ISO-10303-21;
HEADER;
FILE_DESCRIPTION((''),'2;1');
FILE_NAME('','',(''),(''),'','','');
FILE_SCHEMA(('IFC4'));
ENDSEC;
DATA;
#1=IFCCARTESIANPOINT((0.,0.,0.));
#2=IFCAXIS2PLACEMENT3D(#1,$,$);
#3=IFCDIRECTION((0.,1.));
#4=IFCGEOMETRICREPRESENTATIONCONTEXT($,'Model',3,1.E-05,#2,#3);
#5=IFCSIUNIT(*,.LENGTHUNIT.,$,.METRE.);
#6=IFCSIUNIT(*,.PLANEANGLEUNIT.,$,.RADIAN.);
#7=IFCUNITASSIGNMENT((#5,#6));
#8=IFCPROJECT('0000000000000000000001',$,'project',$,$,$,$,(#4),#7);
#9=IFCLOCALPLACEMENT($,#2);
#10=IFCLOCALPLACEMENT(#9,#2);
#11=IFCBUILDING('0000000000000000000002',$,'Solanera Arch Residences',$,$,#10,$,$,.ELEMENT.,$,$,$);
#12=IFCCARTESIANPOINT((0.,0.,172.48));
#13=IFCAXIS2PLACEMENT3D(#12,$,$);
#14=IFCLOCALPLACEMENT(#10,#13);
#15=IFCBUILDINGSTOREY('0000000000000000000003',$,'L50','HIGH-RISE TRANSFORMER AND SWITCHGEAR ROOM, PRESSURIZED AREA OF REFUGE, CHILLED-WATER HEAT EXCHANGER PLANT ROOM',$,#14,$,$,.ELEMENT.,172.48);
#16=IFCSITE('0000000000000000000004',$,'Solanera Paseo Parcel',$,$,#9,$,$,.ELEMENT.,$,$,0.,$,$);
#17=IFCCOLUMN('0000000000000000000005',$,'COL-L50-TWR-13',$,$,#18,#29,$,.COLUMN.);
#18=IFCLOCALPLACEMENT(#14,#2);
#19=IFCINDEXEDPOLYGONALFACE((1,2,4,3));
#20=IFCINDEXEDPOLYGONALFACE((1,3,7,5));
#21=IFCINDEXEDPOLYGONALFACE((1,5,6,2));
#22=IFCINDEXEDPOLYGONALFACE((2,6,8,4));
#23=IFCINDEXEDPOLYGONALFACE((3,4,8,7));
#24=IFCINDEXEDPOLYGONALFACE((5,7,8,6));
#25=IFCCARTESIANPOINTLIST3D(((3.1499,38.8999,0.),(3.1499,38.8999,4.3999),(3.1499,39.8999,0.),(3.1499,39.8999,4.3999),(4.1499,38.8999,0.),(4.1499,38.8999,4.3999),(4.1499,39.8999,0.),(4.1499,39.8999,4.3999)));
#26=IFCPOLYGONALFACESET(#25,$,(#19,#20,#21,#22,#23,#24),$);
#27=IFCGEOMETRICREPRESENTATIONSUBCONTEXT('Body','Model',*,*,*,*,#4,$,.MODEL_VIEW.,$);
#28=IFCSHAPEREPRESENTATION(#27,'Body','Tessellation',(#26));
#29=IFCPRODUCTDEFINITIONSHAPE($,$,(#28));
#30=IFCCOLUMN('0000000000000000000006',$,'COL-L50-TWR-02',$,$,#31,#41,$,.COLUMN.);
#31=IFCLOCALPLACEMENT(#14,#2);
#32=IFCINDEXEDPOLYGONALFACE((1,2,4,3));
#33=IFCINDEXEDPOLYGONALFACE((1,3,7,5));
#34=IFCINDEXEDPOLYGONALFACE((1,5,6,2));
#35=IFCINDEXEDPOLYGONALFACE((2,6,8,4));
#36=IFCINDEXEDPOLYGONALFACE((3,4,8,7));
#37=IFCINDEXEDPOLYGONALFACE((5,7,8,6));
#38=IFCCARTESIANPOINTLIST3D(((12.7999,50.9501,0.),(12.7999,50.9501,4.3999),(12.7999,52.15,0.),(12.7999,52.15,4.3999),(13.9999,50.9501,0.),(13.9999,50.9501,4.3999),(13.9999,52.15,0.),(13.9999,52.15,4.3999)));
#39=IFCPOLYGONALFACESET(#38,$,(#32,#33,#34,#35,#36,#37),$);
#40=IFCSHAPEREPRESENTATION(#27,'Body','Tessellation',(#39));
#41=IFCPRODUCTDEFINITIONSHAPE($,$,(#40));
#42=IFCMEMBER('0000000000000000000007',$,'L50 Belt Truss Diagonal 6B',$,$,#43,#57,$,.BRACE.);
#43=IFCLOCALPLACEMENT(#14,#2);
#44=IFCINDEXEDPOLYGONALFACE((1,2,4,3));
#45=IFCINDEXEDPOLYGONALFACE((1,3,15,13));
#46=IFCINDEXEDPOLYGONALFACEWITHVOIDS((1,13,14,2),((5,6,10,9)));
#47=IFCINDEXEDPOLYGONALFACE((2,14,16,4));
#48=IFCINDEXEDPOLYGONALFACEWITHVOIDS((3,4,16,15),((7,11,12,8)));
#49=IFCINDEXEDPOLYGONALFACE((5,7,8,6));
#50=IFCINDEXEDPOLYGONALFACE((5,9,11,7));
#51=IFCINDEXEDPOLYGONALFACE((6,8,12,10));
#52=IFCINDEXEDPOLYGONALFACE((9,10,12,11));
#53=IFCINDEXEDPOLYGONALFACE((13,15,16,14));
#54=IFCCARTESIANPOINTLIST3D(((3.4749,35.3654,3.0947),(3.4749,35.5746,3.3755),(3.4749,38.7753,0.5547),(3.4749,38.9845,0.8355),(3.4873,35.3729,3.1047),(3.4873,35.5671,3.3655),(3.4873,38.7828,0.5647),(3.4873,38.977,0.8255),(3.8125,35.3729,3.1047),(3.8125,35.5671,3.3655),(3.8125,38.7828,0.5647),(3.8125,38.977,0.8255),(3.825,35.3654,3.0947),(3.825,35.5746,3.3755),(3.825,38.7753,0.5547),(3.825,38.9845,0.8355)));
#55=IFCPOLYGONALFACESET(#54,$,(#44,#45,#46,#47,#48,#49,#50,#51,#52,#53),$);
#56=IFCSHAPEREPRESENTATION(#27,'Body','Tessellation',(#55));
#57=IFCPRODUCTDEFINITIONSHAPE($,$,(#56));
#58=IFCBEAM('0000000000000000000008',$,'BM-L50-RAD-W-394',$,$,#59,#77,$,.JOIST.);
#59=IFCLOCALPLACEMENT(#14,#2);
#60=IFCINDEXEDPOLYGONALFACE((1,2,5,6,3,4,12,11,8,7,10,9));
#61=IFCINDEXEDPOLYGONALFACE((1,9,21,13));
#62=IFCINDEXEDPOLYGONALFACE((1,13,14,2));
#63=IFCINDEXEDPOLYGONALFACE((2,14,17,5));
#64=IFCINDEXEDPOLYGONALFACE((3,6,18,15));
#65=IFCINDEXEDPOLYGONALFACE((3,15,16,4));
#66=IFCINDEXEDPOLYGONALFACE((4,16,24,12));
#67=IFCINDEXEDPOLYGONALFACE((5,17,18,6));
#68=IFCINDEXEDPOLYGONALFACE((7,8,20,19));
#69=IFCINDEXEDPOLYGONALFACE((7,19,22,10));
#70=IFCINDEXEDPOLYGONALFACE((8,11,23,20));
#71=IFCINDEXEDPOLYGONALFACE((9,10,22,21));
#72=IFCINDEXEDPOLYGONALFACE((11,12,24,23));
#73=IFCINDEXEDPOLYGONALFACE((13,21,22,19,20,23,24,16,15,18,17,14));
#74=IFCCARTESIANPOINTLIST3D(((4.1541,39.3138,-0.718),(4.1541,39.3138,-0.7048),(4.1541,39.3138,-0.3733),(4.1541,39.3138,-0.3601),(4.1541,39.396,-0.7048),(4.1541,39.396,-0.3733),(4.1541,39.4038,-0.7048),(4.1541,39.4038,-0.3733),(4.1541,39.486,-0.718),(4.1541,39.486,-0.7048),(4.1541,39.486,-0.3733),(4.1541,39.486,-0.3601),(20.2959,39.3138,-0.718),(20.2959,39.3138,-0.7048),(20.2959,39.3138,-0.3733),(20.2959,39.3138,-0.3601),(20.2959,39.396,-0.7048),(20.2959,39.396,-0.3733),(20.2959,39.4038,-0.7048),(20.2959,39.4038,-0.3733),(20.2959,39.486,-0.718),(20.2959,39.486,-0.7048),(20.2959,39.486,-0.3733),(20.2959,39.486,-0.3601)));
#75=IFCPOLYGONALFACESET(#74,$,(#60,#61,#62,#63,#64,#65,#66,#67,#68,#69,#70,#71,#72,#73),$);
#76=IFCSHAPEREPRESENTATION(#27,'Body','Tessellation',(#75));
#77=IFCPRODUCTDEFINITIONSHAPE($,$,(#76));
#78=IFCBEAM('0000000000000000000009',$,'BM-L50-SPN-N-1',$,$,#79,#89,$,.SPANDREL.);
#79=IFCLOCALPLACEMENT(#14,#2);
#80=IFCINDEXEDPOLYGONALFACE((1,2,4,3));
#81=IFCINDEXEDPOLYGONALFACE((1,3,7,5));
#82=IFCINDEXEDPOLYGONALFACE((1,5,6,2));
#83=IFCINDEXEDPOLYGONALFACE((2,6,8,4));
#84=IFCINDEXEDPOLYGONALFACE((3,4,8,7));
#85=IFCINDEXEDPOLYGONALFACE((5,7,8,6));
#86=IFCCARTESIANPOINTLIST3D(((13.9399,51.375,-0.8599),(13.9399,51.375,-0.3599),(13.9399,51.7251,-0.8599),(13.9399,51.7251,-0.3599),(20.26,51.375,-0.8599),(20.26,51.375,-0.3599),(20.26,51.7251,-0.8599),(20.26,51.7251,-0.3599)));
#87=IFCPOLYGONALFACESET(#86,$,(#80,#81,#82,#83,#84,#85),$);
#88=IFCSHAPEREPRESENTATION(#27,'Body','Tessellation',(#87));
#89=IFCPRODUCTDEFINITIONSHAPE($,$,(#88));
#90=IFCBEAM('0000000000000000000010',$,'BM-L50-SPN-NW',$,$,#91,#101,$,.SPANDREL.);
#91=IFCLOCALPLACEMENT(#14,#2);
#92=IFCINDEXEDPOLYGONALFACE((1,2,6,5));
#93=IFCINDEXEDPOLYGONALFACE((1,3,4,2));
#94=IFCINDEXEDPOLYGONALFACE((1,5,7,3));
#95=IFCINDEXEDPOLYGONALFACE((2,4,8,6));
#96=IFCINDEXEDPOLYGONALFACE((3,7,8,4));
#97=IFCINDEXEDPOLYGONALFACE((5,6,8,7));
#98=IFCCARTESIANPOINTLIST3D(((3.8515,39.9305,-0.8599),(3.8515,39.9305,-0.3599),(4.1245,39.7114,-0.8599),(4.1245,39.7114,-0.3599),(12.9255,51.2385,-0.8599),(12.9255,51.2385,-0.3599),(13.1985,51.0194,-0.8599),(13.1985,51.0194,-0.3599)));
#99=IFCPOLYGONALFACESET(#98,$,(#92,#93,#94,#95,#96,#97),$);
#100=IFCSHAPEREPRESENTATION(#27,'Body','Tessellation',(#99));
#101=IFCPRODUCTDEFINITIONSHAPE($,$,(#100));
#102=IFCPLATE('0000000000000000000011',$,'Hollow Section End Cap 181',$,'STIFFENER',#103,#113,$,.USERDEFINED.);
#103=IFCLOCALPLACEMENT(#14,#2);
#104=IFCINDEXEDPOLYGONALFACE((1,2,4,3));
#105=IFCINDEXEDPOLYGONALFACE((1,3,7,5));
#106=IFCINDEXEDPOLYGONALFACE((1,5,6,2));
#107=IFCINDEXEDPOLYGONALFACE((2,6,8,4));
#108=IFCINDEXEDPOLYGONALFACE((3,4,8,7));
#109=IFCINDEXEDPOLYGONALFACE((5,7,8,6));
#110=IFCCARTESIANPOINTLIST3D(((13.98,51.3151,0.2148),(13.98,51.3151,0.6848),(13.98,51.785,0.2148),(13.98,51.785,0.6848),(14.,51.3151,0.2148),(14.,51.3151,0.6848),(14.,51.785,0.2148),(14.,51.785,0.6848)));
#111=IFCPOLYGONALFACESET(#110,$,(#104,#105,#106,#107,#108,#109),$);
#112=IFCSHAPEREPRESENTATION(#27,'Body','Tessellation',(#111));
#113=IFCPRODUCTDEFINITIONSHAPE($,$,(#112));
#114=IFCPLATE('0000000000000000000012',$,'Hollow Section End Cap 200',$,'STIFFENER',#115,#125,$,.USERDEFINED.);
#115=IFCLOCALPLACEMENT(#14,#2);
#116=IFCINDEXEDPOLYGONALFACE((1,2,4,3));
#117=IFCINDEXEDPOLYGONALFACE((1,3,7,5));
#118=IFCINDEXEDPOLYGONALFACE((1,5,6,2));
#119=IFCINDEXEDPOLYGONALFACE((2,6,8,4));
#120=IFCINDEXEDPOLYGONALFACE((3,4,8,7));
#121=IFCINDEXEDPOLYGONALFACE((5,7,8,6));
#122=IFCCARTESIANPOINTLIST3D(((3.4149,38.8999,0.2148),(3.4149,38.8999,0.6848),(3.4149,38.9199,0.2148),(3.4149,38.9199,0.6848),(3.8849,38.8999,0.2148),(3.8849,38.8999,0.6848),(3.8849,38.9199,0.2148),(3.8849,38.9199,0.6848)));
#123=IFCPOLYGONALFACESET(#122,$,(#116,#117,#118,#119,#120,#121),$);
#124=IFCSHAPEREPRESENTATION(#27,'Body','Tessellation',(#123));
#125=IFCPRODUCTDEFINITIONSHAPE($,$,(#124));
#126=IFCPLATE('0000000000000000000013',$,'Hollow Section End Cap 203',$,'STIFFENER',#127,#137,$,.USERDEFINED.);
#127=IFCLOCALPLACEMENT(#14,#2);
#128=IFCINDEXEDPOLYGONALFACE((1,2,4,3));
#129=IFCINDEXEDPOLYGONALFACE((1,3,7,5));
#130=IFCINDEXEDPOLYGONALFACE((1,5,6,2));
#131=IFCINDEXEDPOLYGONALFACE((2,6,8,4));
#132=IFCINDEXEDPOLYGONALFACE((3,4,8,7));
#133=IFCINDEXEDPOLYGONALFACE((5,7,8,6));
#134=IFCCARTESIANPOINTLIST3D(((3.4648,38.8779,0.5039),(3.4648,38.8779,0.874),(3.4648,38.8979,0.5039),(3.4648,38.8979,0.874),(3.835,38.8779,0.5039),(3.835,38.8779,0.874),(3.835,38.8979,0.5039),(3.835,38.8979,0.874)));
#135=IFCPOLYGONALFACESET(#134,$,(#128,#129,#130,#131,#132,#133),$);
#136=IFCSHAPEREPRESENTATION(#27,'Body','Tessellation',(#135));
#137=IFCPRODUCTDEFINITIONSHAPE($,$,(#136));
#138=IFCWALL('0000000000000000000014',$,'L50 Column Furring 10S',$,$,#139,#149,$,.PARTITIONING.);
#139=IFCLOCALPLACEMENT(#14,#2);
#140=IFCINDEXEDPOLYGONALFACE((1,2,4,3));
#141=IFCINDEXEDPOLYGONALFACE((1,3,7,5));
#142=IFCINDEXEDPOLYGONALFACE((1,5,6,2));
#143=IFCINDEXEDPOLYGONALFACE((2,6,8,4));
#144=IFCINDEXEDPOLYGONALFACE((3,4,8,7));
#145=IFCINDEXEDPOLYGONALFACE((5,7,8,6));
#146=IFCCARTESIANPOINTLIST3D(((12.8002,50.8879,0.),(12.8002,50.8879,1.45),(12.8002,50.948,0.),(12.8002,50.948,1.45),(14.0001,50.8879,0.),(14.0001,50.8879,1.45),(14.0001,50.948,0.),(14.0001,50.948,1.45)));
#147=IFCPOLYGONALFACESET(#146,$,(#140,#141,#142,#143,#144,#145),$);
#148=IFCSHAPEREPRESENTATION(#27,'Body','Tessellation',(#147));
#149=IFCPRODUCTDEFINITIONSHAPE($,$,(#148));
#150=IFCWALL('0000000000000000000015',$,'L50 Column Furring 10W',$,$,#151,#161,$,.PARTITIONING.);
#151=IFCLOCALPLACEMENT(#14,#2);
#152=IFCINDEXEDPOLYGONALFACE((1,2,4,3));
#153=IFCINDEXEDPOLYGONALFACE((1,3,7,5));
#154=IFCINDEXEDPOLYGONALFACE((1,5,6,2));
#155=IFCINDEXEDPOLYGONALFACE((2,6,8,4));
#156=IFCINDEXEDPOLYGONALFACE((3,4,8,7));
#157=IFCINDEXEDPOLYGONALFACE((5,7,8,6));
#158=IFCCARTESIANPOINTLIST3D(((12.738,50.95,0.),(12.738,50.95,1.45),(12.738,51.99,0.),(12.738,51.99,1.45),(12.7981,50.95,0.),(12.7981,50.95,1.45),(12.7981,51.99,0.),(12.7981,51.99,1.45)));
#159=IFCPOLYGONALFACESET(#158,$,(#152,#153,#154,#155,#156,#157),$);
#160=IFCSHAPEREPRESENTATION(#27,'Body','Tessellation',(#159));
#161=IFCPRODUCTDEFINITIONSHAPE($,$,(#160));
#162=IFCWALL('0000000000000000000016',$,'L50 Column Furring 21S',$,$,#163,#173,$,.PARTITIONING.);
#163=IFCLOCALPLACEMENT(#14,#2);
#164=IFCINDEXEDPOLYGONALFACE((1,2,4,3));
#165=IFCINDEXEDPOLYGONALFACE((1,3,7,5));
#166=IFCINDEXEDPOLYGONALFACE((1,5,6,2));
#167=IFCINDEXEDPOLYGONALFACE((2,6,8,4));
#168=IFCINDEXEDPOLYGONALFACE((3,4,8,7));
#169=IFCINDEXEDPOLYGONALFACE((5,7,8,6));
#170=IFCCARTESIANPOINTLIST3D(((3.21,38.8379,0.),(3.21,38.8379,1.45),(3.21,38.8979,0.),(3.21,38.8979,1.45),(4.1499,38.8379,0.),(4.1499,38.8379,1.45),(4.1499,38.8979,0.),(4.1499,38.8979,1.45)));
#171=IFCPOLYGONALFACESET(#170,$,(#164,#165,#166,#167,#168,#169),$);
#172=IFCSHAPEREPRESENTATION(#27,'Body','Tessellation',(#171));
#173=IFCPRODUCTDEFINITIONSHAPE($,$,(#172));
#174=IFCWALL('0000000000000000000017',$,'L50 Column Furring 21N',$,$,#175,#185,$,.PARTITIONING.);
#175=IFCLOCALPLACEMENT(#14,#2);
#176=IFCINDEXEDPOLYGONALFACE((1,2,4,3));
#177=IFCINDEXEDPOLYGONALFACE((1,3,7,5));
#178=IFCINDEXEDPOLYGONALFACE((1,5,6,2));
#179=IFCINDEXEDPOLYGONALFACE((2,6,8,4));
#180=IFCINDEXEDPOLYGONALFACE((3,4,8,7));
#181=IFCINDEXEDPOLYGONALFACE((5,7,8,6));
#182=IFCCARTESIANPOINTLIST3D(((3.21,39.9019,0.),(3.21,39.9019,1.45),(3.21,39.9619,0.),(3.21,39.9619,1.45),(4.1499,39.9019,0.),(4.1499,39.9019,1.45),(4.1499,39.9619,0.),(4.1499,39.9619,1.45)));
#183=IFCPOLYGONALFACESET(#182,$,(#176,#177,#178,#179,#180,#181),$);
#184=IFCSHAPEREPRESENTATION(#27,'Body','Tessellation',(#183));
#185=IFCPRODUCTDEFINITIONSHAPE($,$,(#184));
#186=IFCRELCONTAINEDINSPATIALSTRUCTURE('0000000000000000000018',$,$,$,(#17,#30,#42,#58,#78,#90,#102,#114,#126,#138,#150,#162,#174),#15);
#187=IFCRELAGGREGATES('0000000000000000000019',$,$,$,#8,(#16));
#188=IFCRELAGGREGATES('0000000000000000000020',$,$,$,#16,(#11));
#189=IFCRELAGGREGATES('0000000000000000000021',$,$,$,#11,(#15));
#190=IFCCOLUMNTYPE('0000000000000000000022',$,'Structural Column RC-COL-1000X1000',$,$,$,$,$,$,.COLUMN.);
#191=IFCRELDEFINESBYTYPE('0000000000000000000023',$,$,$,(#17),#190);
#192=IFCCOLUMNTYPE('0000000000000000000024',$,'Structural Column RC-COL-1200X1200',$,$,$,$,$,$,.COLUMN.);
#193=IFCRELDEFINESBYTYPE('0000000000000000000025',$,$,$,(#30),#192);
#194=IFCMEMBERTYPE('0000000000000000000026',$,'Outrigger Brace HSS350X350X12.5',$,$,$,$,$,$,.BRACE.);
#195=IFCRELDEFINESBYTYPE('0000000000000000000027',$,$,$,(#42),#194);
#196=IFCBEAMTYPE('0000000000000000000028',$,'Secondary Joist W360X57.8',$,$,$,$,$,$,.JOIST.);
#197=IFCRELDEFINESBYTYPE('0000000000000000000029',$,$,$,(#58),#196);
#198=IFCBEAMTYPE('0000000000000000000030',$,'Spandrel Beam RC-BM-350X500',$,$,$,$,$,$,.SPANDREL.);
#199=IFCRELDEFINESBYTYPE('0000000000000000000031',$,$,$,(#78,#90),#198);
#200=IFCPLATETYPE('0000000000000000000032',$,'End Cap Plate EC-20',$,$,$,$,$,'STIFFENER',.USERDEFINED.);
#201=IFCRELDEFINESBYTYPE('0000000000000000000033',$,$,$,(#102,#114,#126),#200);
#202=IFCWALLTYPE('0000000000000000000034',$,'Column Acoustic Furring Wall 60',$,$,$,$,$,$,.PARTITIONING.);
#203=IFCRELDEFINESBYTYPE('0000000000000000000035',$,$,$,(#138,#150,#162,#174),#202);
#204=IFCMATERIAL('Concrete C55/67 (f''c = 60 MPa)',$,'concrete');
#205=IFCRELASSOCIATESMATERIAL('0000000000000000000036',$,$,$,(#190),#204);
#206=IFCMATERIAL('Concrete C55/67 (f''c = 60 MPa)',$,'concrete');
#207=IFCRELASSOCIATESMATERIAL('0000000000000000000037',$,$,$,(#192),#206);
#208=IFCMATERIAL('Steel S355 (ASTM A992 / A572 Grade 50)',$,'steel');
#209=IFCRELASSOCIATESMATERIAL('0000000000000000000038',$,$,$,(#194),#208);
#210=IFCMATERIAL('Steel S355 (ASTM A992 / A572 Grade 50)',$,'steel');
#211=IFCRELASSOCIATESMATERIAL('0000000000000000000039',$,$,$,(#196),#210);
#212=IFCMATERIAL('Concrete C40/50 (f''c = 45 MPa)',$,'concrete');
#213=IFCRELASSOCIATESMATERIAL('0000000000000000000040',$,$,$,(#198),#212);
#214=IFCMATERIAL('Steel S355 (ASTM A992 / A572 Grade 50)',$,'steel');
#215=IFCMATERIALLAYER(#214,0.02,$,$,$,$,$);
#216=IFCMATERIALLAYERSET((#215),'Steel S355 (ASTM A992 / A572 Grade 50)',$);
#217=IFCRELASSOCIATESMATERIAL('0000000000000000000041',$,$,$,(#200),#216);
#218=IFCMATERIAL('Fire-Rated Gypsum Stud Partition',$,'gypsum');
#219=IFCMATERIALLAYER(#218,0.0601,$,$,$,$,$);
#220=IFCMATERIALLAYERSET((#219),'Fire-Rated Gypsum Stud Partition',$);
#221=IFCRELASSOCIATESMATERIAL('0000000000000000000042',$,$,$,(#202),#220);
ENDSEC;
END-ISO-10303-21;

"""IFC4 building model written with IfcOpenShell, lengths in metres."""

from ifc_helpers import new_model, si_unit, direction, frame, frame_2d, origin, origin_2d, place, context, subcontext, project, spatial, rectangle, hollow_rectangle, i_section, extrude, material, layer, layer_set, material_profile, profile_set, type_object, element, save


model = new_model("IFC4")

# Units and contexts
model_context = context("Model", 3, precision=1e-05, world=origin(), true_north=direction((0.0, 1.0)))
body_context = subcontext(model_context, "Body", "Model", "MODEL_VIEW")
ifc_project = project(units=[si_unit("LENGTHUNIT", "METRE"), si_unit("PLANEANGLEUNIT", "RADIAN")], contexts=[model_context])

# Site, building, storey
site_placement = place(None, origin())
site = spatial("IfcSite", under=ifc_project, at=site_placement, Name="Solanera Paseo Parcel", CompositionType="ELEMENT", RefElevation=0.0)
building_placement = place(site_placement, origin())
building = spatial("IfcBuilding", under=site, at=building_placement, Name="Solanera Arch Residences", CompositionType="ELEMENT")
storey_placement = place(building_placement, frame((0.0, 0.0, 172.48)))
storey = spatial("IfcBuildingStorey", under=building, at=storey_placement, Name="L50", Description="HIGH-RISE TRANSFORMER AND SWITCHGEAR ROOM, PRESSURIZED AREA OF REFUGE, CHILLED-WATER HEAT EXCHANGER PLANT ROOM", CompositionType="ELEMENT", Elevation=172.48)

# Columns
ifc_material_1 = material(Name="Concrete C55/67 (f'c = 60 MPa)", Category="concrete")
ifc_material_profile_1 = material_profile(ifc_material_1, rectangle(XDim=1.0, YDim=1.0, at=origin_2d()))
ifc_profile_set_1 = profile_set([ifc_material_profile_1], Name="Concrete C55/67 (f'c = 60 MPa)")
column_type_1 = type_object("IfcColumnType", Name="Structural Column RC-COL-1000X1000", PredefinedType="COLUMN", material=ifc_profile_set_1)
column_1_placement = place(storey_placement, frame((3.6499, 39.3999, 0.0), z_axis=(0.0, 0.0, 1.0), x_axis=(1.0, 0.0, 0.0)))
element("IfcColumn", 1, at=column_1_placement, inside=storey, type_object=column_type_1, Name="COL-L50-TWR-13", PredefinedType="COLUMN", context=body_context, shape_type="SweptSolid", body=[
    extrude(rectangle(XDim=1.0, YDim=1.0, at=origin_2d()), origin(), (0.0, 0.0, 1.0), 4.3999),
])
ifc_material_2 = material(Name="Concrete C55/67 (f'c = 60 MPa)", Category="concrete")
ifc_material_profile_2 = material_profile(ifc_material_2, rectangle(XDim=1.2, YDim=1.2, at=origin_2d()))
ifc_profile_set_2 = profile_set([ifc_material_profile_2], Name="Concrete C55/67 (f'c = 60 MPa)")
column_type_2 = type_object("IfcColumnType", Name="Structural Column RC-COL-1200X1200", PredefinedType="COLUMN", material=ifc_profile_set_2)
column_2_placement = place(storey_placement, frame((13.3999, 51.55, 0.0), z_axis=(0.0, 0.0, 1.0), x_axis=(1.0, 0.0, 0.0)))
element("IfcColumn", 2, at=column_2_placement, inside=storey, type_object=column_type_2, Name="COL-L50-TWR-02", PredefinedType="COLUMN", context=body_context, shape_type="SweptSolid", body=[
    extrude(rectangle(XDim=1.2, YDim=1.2, at=origin_2d()), origin(), (0.0, 0.0, 1.0), 4.3999),
])

# Member
ifc_material_3 = material(Name="Steel S355 (ASTM A992 / A572 Grade 50)", Category="steel")
ifc_material_profile_3 = material_profile(ifc_material_3, hollow_rectangle(XDim=0.3501, YDim=0.3501, WallThickness=0.0125, at=origin_2d()))
ifc_profile_set_3 = profile_set([ifc_material_profile_3], Name="Steel S355 (ASTM A992 / A572 Grade 50)")
member_type = type_object("IfcMemberType", Name="Outrigger Brace HSS350X350X12.5", PredefinedType="BRACE", material=ifc_profile_set_3)
member_placement = place(storey_placement, frame((3.6499, 38.8799, 0.6951), z_axis=(0.0, -0.801959, 0.597379), x_axis=(1.0, 0.0, 0.0)))
element("IfcMember", 3, at=member_placement, inside=storey, type_object=member_type, Name="L50 Belt Truss Diagonal 6B", PredefinedType="BRACE", context=body_context, shape_type="SweptSolid", body=[
    extrude(hollow_rectangle(XDim=0.3501, YDim=0.3501, WallThickness=0.0125, at=origin_2d()), origin(), (0.0, 0.0, 1.0), 4.252),
])

# Beams
ifc_material_4 = material(Name="Steel S355 (ASTM A992 / A572 Grade 50)", Category="steel")
ifc_material_profile_4 = material_profile(ifc_material_4, i_section(OverallWidth=0.1721, OverallDepth=0.3579, WebThickness=0.0078, FlangeThickness=0.0132, at=origin_2d()))
ifc_profile_set_4 = profile_set([ifc_material_profile_4], Name="Steel S355 (ASTM A992 / A572 Grade 50)")
beam_type_1 = type_object("IfcBeamType", Name="Secondary Joist W360X57.8", PredefinedType="JOIST", material=ifc_profile_set_4)
beam_1_placement = place(storey_placement, frame((4.1541, 39.3999, -0.5391), z_axis=(1.0, 0.0, 0.0), x_axis=(0.0, 1.0, 0.0)))
element("IfcBeam", 4, at=beam_1_placement, inside=storey, type_object=beam_type_1, Name="BM-L50-RAD-W-394", PredefinedType="JOIST", context=body_context, shape_type="SweptSolid", body=[
    extrude(i_section(OverallWidth=0.1721, OverallDepth=0.3579, WebThickness=0.0078, FlangeThickness=0.0132, at=origin_2d()), origin(), (0.0, 0.0, 1.0), 16.1418),
])
ifc_material_5 = material(Name="Concrete C40/50 (f'c = 45 MPa)", Category="concrete")
ifc_material_profile_5 = material_profile(ifc_material_5, rectangle(XDim=0.3501, YDim=0.5, at=origin_2d()))
ifc_profile_set_5 = profile_set([ifc_material_profile_5], Name="Concrete C40/50 (f'c = 45 MPa)")
beam_type_2 = type_object("IfcBeamType", Name="Spandrel Beam RC-BM-350X500", PredefinedType="SPANDREL", material=ifc_profile_set_5)
beam_2_placement = place(storey_placement, frame((13.9399, 51.55, -0.6099), z_axis=(1.0, 0.0, 0.0), x_axis=(0.0, 1.0, 0.0)))
element("IfcBeam", 5, at=beam_2_placement, inside=storey, type_object=beam_type_2, Name="BM-L50-SPN-N-1", PredefinedType="SPANDREL", context=body_context, shape_type="SweptSolid", body=[
    extrude(rectangle(XDim=0.3501, YDim=0.5, at=origin_2d()), origin(), (0.0, 0.0, 1.0), 6.3201),
])
beam_3_placement = place(storey_placement, frame((13.062, 51.1289, -0.6099), z_axis=(-0.625859, -0.779936, 0.0), x_axis=(0.779936, -0.625859, 0.0)))
element("IfcBeam", 6, at=beam_3_placement, inside=storey, type_object=beam_type_2, Name="BM-L50-SPN-NW", PredefinedType="SPANDREL", context=body_context, shape_type="SweptSolid", body=[
    extrude(rectangle(XDim=0.3501, YDim=0.5, at=origin_2d()), origin(), (0.0, 0.0, 1.0), 14.4985),
])

# Plates
ifc_material_6 = material(Name="Steel S355 (ASTM A992 / A572 Grade 50)", Category="steel")
ifc_layer_1 = layer(ifc_material_6, 0.02)
ifc_layer_set_1 = layer_set([ifc_layer_1], Name="Steel S355 (ASTM A992 / A572 Grade 50)")
plate_type = type_object("IfcPlateType", Name="End Cap Plate EC-20", ElementType="STIFFENER", PredefinedType="USERDEFINED", material=ifc_layer_set_1)
for number, where, z_axis, x_axis, name in (
    (7, (13.99, 51.55, 0.2148), (0.0, 0.0, 1.0), (-1.0, 0.0, 0.0), "Hollow Section End Cap 181"),
    (8, (3.6499, 38.9099, 0.2148), (0.0, 0.0, 1.0), (0.0, 1.0, 0.0), "Hollow Section End Cap 200"),
):
    element("IfcPlate", number, at=place(storey_placement, frame(where, z_axis=z_axis, x_axis=x_axis)), inside=storey, type_object=plate_type, Name=name, ObjectType="STIFFENER", PredefinedType="USERDEFINED", context=body_context, shape_type="SweptSolid", body=[
        extrude(rectangle(XDim=0.02, YDim=0.47, at=origin_2d()), origin(), (0.0, 0.0, 1.0), 0.47),
    ])
plate_placement = place(storey_placement, frame((3.6499, 38.8879, 0.5039), z_axis=(0.0, 0.0, 1.0), x_axis=(0.0, 1.0, 0.0)))
element("IfcPlate", 9, at=plate_placement, inside=storey, type_object=plate_type, Name="Hollow Section End Cap 203", ObjectType="STIFFENER", PredefinedType="USERDEFINED", context=body_context, shape_type="SweptSolid", body=[
    extrude(rectangle(XDim=0.02, YDim=0.3701, at=origin_2d()), origin(), (0.0, 0.0, 1.0), 0.3701),
])

# Walls
ifc_material_7 = material(Name="Fire-Rated Gypsum Stud Partition", Category="gypsum")
ifc_layer_2 = layer(ifc_material_7, 0.0601)
ifc_layer_set_2 = layer_set([ifc_layer_2], Name="Fire-Rated Gypsum Stud Partition")
wall_type_1 = type_object("IfcWallType", Name="Column Acoustic Furring Wall 60", PredefinedType="PARTITIONING", material=ifc_layer_set_2)
wall_1_placement = place(storey_placement, frame((12.8, 50.918, 0.0), z_axis=(0.0, 0.0, 1.0), x_axis=(1.0, 0.0, 0.0)))
element("IfcWall", 10, at=wall_1_placement, inside=storey, type_object=wall_type_1, Name="L50 Column Furring 10S", PredefinedType="PARTITIONING", context=body_context, shape_type="SweptSolid", body=[
    extrude(rectangle(XDim=1.2, YDim=0.0601, at=frame_2d((0.6001, 0.0))), origin(), (0.0, 0.0, 1.0), 1.45),
])
wall_2_placement = place(storey_placement, frame((12.7681, 50.95, 0.0), z_axis=(0.0, 0.0, 1.0), x_axis=(0.0, 1.0, 0.0)))
element("IfcWall", 11, at=wall_2_placement, inside=storey, type_object=wall_type_1, Name="L50 Column Furring 10W", PredefinedType="PARTITIONING", context=body_context, shape_type="SweptSolid", body=[
    extrude(rectangle(XDim=1.04, YDim=0.0601, at=frame_2d((0.52, 0.0))), origin(), (0.0, 0.0, 1.0), 1.45),
])
for number, where, z_axis, x_axis, name in (
    (12, (3.21, 38.8679, 0.0), (0.0, 0.0, 1.0), (1.0, 0.0, 0.0), "L50 Column Furring 21S"),
    (13, (3.21, 39.9319, 0.0), (0.0, 0.0, 1.0), (1.0, 0.0, 0.0), "L50 Column Furring 21N"),
):
    element("IfcWall", number, at=place(storey_placement, frame(where, z_axis=z_axis, x_axis=x_axis)), inside=storey, type_object=wall_type_1, Name=name, PredefinedType="PARTITIONING", context=body_context, shape_type="SweptSolid", body=[
        extrude(rectangle(XDim=0.9399, YDim=0.0601, at=frame_2d((0.47, 0.0))), origin(), (0.0, 0.0, 1.0), 1.45),
    ])

save(model, "model.ifc")
